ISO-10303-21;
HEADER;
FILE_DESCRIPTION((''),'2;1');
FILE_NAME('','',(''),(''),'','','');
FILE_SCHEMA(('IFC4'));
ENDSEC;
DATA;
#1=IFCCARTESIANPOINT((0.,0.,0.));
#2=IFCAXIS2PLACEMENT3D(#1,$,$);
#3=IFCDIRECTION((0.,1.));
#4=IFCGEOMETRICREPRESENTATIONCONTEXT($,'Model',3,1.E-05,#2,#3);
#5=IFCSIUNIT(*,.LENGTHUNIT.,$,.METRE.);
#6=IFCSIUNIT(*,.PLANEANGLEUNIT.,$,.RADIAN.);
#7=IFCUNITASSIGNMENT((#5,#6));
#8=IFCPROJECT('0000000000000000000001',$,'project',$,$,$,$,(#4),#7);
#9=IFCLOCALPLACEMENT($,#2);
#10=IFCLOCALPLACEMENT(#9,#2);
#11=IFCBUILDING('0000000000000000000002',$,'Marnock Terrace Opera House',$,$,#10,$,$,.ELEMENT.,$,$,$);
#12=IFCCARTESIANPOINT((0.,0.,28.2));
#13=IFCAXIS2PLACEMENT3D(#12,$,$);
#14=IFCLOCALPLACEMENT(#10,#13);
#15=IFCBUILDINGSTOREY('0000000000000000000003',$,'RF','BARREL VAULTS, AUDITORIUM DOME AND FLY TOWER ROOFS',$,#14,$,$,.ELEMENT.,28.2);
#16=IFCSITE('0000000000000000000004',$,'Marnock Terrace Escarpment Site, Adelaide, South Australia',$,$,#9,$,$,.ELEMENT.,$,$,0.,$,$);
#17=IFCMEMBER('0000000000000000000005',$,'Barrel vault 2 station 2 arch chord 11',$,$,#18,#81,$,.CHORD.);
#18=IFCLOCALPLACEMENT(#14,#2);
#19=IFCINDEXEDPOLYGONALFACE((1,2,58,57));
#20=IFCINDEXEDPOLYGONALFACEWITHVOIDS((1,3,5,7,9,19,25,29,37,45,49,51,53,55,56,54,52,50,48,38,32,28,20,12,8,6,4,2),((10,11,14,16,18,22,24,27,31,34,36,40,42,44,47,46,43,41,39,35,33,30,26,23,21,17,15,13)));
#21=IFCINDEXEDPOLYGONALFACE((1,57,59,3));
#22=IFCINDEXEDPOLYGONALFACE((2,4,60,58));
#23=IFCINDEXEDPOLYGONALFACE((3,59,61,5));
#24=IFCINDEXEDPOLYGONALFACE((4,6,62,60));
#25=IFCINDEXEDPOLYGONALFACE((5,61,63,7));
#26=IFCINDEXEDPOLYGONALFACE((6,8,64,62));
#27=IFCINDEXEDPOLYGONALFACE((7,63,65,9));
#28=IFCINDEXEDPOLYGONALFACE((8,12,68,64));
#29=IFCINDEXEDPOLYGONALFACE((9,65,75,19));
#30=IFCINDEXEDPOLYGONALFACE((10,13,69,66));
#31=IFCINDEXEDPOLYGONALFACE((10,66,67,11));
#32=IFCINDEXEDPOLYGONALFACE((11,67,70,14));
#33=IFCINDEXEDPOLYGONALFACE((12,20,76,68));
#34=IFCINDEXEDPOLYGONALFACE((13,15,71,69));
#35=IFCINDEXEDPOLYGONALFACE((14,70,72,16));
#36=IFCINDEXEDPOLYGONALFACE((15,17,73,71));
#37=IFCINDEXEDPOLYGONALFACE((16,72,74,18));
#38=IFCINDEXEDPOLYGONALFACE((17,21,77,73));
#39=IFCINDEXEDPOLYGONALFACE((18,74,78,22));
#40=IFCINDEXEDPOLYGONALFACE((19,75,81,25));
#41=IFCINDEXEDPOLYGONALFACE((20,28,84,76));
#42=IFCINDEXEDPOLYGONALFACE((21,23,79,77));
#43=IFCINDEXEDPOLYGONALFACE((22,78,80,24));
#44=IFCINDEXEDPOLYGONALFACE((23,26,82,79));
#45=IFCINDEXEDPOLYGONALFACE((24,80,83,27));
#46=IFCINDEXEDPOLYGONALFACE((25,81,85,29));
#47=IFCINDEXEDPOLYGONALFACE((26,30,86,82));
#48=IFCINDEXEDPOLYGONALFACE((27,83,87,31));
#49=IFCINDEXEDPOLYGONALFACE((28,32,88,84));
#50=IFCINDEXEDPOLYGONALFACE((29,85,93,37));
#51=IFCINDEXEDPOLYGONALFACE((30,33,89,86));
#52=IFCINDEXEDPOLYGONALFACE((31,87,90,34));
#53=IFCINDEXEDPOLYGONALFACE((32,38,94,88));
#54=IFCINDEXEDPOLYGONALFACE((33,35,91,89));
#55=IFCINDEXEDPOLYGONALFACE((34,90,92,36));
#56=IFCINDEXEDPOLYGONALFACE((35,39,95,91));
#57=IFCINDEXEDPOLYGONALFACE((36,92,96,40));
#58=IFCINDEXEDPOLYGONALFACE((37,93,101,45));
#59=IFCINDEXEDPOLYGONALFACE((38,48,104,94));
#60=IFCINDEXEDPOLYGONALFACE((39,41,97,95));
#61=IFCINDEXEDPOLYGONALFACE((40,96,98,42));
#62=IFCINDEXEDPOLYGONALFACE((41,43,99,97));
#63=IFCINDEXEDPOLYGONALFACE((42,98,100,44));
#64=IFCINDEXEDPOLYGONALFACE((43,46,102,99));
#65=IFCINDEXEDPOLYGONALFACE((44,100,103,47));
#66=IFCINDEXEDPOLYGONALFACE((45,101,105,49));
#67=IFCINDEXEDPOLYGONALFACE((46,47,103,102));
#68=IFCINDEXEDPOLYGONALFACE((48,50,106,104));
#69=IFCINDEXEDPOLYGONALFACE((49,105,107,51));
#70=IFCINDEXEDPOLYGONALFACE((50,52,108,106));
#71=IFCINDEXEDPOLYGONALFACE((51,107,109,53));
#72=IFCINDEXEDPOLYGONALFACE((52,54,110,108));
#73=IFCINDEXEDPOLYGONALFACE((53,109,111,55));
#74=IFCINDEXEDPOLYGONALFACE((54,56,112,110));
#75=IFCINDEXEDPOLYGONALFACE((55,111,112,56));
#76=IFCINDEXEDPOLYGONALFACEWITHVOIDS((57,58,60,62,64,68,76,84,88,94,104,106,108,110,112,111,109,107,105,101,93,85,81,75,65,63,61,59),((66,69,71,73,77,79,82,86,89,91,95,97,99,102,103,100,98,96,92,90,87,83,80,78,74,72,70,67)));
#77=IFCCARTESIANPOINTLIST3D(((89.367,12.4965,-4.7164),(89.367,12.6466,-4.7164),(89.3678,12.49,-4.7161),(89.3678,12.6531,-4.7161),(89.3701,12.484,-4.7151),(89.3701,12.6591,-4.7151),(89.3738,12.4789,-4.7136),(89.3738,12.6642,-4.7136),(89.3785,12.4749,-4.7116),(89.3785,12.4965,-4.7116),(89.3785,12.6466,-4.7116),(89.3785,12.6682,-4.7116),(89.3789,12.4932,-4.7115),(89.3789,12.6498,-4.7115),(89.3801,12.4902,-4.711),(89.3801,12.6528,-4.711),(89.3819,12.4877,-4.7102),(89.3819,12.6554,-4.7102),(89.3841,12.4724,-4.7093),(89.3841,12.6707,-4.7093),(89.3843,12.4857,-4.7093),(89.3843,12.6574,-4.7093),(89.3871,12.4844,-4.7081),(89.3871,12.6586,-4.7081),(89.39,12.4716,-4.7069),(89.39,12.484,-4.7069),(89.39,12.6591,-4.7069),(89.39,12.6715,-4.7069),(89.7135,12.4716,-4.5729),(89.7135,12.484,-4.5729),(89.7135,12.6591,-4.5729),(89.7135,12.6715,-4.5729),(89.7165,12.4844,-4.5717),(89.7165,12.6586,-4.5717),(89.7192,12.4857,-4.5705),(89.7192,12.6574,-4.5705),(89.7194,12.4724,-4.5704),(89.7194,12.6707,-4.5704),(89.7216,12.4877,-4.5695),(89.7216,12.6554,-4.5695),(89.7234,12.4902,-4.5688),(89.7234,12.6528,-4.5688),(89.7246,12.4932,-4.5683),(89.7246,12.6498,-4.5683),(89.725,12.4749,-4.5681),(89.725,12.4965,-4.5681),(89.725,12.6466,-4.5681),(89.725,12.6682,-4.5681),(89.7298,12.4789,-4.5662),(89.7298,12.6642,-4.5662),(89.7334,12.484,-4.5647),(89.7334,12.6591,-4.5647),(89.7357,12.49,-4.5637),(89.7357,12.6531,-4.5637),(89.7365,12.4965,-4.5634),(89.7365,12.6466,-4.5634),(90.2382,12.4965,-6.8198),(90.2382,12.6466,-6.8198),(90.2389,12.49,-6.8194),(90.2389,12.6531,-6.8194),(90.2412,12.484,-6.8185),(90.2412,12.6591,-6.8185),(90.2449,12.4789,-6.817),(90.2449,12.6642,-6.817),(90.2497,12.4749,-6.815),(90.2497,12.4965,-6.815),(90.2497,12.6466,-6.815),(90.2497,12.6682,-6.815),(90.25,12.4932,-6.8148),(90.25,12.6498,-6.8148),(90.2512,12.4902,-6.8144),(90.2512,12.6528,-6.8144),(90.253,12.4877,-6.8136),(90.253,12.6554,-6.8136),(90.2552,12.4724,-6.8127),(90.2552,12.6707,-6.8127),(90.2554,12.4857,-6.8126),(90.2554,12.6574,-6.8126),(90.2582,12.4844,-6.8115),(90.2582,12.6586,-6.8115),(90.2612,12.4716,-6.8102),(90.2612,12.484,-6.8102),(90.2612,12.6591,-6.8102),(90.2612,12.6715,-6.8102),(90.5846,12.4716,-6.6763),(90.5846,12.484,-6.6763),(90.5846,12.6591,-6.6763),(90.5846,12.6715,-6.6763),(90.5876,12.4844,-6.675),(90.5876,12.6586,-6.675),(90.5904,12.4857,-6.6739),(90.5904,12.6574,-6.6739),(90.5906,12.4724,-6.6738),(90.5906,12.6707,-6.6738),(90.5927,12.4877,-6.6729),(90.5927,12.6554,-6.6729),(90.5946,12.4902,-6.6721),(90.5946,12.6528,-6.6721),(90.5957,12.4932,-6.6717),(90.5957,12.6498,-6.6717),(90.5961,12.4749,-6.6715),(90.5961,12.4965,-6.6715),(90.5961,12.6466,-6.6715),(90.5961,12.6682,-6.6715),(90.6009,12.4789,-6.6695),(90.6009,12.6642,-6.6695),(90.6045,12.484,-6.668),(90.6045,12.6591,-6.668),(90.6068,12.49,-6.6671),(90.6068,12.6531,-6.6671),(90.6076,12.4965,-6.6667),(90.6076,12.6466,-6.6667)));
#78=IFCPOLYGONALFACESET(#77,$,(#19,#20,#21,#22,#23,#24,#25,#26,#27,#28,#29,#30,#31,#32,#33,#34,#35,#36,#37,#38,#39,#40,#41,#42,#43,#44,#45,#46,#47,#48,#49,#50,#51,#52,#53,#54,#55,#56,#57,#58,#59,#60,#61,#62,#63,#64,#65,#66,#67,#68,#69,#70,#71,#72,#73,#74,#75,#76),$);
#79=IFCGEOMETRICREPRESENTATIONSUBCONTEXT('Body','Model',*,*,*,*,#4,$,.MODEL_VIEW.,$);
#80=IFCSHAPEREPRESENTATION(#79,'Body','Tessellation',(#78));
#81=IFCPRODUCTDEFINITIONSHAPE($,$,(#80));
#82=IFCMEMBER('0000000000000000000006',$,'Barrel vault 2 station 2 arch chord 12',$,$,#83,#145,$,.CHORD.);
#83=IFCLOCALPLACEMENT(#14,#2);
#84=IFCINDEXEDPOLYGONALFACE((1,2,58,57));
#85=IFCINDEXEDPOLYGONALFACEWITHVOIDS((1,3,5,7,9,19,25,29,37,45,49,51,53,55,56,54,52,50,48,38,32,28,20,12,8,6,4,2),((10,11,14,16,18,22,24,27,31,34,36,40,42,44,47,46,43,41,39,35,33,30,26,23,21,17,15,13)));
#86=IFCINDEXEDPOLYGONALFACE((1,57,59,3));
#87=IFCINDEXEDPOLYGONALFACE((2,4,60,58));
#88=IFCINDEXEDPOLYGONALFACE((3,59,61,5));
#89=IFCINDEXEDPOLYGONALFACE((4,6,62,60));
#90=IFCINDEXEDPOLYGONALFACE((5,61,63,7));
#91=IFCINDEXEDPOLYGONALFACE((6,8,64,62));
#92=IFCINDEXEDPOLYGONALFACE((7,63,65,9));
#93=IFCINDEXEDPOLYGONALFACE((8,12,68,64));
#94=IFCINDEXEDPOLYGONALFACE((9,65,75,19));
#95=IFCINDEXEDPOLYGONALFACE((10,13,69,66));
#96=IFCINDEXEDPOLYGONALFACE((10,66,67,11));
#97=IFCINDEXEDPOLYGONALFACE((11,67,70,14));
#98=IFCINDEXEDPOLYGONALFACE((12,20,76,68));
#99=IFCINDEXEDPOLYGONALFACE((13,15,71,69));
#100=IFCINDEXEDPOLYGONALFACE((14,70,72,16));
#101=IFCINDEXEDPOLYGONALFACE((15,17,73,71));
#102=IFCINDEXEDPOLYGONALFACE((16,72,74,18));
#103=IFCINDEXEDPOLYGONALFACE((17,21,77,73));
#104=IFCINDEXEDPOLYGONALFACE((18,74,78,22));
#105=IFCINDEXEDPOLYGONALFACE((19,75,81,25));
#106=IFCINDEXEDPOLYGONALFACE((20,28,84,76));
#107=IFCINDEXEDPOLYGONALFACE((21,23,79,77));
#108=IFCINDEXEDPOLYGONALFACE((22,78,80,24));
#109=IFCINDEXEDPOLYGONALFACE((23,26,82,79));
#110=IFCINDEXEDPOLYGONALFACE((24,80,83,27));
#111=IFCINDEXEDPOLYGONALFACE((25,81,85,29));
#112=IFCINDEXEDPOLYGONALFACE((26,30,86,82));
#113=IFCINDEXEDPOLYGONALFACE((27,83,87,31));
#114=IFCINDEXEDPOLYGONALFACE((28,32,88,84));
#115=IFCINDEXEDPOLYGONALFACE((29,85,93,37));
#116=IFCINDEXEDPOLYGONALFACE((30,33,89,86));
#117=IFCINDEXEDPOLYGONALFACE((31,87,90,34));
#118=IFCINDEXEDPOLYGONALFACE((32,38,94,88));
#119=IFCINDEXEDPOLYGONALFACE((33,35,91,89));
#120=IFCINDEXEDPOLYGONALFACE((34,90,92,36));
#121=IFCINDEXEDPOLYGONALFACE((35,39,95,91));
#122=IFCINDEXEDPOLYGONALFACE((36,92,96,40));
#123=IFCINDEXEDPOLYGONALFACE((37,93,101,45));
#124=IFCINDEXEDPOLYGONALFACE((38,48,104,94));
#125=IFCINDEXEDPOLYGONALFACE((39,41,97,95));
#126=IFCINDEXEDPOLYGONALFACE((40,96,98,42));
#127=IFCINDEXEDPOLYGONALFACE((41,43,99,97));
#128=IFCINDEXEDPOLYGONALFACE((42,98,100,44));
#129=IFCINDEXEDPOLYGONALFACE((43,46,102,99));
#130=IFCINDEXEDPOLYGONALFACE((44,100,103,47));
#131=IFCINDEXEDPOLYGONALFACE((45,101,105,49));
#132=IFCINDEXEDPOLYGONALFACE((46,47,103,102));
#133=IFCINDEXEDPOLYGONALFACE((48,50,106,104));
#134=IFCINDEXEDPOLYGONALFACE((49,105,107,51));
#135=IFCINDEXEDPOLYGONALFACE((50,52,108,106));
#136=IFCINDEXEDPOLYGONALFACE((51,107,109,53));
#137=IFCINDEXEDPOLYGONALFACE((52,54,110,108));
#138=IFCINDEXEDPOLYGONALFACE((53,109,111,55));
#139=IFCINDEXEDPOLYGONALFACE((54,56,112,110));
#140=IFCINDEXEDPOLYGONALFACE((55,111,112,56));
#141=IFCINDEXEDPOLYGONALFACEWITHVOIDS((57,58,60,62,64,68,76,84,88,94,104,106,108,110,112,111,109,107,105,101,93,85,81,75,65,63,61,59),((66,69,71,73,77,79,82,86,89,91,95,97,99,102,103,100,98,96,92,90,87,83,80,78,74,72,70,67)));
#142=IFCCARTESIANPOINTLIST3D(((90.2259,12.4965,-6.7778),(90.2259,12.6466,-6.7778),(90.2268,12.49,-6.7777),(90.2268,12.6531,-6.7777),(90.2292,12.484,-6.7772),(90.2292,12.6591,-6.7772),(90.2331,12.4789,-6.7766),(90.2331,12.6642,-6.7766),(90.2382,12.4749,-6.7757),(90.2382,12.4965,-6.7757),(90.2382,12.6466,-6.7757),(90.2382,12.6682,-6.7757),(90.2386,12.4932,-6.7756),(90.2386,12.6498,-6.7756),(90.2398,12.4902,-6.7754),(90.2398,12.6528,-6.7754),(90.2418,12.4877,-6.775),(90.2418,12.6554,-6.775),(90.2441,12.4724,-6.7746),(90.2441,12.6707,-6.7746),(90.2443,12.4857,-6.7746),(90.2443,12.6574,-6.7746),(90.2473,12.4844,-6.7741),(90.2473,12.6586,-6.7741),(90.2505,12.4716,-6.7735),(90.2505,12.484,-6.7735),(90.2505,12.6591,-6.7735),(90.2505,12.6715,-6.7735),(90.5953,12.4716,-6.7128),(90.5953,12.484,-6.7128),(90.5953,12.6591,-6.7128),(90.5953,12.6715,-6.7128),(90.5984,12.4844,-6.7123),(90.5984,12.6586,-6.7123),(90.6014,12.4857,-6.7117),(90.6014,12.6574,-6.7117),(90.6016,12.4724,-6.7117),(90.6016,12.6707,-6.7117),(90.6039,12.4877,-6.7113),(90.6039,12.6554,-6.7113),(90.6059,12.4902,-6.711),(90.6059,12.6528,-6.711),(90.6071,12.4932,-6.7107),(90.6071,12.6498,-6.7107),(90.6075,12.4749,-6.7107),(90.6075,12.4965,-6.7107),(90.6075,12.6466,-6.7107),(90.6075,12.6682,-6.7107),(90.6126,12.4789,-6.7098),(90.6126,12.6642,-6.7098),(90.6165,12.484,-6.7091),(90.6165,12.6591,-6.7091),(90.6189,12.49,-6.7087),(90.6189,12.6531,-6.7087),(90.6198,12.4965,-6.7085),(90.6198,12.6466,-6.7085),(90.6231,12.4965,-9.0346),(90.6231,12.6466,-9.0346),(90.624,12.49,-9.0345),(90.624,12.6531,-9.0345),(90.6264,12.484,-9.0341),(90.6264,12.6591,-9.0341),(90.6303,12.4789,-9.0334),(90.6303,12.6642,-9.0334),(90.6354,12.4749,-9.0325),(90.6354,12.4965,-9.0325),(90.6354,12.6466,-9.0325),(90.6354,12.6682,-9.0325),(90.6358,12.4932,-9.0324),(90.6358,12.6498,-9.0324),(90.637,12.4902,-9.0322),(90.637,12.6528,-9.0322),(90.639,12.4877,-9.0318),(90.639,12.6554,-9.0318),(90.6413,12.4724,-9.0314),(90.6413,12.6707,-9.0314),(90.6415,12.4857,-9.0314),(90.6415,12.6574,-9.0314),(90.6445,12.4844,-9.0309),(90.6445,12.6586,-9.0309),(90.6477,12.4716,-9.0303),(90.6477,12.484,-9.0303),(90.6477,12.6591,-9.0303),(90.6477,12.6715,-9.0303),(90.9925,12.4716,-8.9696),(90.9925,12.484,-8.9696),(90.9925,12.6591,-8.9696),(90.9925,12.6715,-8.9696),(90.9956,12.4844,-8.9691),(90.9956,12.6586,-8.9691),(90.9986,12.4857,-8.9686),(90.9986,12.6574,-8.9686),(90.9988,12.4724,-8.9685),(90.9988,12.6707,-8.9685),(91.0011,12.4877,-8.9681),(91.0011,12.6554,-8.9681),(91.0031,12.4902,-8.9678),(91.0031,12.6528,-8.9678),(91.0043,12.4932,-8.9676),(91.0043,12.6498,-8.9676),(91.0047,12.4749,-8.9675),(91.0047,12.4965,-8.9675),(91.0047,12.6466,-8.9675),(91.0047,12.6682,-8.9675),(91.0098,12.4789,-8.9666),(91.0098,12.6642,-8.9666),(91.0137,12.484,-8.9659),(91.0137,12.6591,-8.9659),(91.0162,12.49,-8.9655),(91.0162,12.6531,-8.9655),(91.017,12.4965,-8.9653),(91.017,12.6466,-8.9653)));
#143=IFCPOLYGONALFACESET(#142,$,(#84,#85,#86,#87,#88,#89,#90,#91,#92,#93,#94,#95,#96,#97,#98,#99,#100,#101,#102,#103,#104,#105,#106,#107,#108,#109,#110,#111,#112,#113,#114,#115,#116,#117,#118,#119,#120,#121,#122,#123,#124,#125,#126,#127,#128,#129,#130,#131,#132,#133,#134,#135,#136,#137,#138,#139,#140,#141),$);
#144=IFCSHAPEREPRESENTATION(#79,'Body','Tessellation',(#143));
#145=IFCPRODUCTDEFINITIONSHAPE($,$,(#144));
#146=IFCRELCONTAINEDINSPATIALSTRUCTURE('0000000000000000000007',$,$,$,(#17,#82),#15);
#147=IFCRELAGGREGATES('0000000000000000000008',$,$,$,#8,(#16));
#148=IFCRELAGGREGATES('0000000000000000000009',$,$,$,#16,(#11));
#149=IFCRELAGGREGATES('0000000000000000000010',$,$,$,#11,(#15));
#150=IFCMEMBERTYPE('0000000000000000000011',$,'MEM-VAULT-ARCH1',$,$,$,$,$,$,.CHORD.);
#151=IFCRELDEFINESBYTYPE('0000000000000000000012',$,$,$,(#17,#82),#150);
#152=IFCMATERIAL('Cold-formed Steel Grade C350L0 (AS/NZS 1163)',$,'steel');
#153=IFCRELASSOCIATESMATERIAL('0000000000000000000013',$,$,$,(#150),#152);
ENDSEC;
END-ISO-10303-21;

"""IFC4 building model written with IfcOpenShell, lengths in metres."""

from ifc_helpers import new_model, si_unit, direction, frame, origin, origin_2d, place, context, subcontext, project, spatial, hollow_rectangle, extrude, material, material_profile, profile_set, type_object, element, save


model = new_model("IFC4")

# Units and contexts
model_context = context("Model", 3, precision=1e-05, world=origin(), true_north=direction((0.0, 1.0)))
body_context = subcontext(model_context, "Body", "Model", "MODEL_VIEW")
ifc_project = project(units=[si_unit("LENGTHUNIT", "METRE"), si_unit("PLANEANGLEUNIT", "RADIAN")], contexts=[model_context])

# Site, building, storey
site_placement = place(None, origin())
site = spatial("IfcSite", under=ifc_project, at=site_placement, Name="Marnock Terrace Escarpment Site, Adelaide, South Australia", CompositionType="ELEMENT", RefElevation=0.0)
building_placement = place(site_placement, origin())
building = spatial("IfcBuilding", under=site, at=building_placement, Name="Marnock Terrace Opera House", CompositionType="ELEMENT")
storey_placement = place(building_placement, frame((0.0, 0.0, 28.2)))
storey = spatial("IfcBuildingStorey", under=building, at=storey_placement, Name="RF", Description="BARREL VAULTS, AUDITORIUM DOME AND FLY TOWER ROOFS", CompositionType="ELEMENT", Elevation=28.2)

# Members
ifc_material = material(Name="Cold-formed Steel Grade C350L0 (AS/NZS 1163)", Category="steel")
ifc_material_profile_1 = material_profile(ifc_material, hollow_rectangle(XDim=0.2, YDim=0.3999, WallThickness=0.0125, InnerFilletRadius=0.0125, OuterFilletRadius=0.0249, at=origin_2d()))
ifc_profile_set_1 = profile_set([ifc_material_profile_1], Name="Cold-formed Steel Grade C350L0 (AS/NZS 1163)")
member_type_1 = type_object("IfcMemberType", Name="MEM-VAULT-ARCH1", PredefinedType="CHORD", material=ifc_profile_set_1)
member_1_placement = place(storey_placement, frame((89.5518, 12.5715, -4.6399), z_axis=(0.382642, 0.0, -0.923897), x_axis=(0.0, 1.0, 0.0)))
element("IfcMember", 1, at=member_1_placement, inside=storey, type_object=member_type_1, Name="Barrel vault 2 station 2 arch chord 11", PredefinedType="CHORD", context=body_context, shape_type="SweptSolid", body=[
    extrude(hollow_rectangle(XDim=0.2, YDim=0.3999, WallThickness=0.0125, InnerFilletRadius=0.0125, OuterFilletRadius=0.0249, at=origin_2d()), origin(), (0.0, 0.0, 1.0), 2.2766),
])
member_2_placement = place(storey_placement, frame((90.4229, 12.5715, -6.7432), z_axis=(0.173342, 0.0, -0.984862), x_axis=(0.0, 1.0, 0.0)))
element("IfcMember", 2, at=member_2_placement, inside=storey, type_object=member_type_1, Name="Barrel vault 2 station 2 arch chord 12", PredefinedType="CHORD", context=body_context, shape_type="SweptSolid", body=[
    extrude(hollow_rectangle(XDim=0.2, YDim=0.3999, WallThickness=0.0125, InnerFilletRadius=0.0125, OuterFilletRadius=0.0249, at=origin_2d()), origin(), (0.0, 0.0, 1.0), 2.2915),
])

save(model, "model.ifc")
